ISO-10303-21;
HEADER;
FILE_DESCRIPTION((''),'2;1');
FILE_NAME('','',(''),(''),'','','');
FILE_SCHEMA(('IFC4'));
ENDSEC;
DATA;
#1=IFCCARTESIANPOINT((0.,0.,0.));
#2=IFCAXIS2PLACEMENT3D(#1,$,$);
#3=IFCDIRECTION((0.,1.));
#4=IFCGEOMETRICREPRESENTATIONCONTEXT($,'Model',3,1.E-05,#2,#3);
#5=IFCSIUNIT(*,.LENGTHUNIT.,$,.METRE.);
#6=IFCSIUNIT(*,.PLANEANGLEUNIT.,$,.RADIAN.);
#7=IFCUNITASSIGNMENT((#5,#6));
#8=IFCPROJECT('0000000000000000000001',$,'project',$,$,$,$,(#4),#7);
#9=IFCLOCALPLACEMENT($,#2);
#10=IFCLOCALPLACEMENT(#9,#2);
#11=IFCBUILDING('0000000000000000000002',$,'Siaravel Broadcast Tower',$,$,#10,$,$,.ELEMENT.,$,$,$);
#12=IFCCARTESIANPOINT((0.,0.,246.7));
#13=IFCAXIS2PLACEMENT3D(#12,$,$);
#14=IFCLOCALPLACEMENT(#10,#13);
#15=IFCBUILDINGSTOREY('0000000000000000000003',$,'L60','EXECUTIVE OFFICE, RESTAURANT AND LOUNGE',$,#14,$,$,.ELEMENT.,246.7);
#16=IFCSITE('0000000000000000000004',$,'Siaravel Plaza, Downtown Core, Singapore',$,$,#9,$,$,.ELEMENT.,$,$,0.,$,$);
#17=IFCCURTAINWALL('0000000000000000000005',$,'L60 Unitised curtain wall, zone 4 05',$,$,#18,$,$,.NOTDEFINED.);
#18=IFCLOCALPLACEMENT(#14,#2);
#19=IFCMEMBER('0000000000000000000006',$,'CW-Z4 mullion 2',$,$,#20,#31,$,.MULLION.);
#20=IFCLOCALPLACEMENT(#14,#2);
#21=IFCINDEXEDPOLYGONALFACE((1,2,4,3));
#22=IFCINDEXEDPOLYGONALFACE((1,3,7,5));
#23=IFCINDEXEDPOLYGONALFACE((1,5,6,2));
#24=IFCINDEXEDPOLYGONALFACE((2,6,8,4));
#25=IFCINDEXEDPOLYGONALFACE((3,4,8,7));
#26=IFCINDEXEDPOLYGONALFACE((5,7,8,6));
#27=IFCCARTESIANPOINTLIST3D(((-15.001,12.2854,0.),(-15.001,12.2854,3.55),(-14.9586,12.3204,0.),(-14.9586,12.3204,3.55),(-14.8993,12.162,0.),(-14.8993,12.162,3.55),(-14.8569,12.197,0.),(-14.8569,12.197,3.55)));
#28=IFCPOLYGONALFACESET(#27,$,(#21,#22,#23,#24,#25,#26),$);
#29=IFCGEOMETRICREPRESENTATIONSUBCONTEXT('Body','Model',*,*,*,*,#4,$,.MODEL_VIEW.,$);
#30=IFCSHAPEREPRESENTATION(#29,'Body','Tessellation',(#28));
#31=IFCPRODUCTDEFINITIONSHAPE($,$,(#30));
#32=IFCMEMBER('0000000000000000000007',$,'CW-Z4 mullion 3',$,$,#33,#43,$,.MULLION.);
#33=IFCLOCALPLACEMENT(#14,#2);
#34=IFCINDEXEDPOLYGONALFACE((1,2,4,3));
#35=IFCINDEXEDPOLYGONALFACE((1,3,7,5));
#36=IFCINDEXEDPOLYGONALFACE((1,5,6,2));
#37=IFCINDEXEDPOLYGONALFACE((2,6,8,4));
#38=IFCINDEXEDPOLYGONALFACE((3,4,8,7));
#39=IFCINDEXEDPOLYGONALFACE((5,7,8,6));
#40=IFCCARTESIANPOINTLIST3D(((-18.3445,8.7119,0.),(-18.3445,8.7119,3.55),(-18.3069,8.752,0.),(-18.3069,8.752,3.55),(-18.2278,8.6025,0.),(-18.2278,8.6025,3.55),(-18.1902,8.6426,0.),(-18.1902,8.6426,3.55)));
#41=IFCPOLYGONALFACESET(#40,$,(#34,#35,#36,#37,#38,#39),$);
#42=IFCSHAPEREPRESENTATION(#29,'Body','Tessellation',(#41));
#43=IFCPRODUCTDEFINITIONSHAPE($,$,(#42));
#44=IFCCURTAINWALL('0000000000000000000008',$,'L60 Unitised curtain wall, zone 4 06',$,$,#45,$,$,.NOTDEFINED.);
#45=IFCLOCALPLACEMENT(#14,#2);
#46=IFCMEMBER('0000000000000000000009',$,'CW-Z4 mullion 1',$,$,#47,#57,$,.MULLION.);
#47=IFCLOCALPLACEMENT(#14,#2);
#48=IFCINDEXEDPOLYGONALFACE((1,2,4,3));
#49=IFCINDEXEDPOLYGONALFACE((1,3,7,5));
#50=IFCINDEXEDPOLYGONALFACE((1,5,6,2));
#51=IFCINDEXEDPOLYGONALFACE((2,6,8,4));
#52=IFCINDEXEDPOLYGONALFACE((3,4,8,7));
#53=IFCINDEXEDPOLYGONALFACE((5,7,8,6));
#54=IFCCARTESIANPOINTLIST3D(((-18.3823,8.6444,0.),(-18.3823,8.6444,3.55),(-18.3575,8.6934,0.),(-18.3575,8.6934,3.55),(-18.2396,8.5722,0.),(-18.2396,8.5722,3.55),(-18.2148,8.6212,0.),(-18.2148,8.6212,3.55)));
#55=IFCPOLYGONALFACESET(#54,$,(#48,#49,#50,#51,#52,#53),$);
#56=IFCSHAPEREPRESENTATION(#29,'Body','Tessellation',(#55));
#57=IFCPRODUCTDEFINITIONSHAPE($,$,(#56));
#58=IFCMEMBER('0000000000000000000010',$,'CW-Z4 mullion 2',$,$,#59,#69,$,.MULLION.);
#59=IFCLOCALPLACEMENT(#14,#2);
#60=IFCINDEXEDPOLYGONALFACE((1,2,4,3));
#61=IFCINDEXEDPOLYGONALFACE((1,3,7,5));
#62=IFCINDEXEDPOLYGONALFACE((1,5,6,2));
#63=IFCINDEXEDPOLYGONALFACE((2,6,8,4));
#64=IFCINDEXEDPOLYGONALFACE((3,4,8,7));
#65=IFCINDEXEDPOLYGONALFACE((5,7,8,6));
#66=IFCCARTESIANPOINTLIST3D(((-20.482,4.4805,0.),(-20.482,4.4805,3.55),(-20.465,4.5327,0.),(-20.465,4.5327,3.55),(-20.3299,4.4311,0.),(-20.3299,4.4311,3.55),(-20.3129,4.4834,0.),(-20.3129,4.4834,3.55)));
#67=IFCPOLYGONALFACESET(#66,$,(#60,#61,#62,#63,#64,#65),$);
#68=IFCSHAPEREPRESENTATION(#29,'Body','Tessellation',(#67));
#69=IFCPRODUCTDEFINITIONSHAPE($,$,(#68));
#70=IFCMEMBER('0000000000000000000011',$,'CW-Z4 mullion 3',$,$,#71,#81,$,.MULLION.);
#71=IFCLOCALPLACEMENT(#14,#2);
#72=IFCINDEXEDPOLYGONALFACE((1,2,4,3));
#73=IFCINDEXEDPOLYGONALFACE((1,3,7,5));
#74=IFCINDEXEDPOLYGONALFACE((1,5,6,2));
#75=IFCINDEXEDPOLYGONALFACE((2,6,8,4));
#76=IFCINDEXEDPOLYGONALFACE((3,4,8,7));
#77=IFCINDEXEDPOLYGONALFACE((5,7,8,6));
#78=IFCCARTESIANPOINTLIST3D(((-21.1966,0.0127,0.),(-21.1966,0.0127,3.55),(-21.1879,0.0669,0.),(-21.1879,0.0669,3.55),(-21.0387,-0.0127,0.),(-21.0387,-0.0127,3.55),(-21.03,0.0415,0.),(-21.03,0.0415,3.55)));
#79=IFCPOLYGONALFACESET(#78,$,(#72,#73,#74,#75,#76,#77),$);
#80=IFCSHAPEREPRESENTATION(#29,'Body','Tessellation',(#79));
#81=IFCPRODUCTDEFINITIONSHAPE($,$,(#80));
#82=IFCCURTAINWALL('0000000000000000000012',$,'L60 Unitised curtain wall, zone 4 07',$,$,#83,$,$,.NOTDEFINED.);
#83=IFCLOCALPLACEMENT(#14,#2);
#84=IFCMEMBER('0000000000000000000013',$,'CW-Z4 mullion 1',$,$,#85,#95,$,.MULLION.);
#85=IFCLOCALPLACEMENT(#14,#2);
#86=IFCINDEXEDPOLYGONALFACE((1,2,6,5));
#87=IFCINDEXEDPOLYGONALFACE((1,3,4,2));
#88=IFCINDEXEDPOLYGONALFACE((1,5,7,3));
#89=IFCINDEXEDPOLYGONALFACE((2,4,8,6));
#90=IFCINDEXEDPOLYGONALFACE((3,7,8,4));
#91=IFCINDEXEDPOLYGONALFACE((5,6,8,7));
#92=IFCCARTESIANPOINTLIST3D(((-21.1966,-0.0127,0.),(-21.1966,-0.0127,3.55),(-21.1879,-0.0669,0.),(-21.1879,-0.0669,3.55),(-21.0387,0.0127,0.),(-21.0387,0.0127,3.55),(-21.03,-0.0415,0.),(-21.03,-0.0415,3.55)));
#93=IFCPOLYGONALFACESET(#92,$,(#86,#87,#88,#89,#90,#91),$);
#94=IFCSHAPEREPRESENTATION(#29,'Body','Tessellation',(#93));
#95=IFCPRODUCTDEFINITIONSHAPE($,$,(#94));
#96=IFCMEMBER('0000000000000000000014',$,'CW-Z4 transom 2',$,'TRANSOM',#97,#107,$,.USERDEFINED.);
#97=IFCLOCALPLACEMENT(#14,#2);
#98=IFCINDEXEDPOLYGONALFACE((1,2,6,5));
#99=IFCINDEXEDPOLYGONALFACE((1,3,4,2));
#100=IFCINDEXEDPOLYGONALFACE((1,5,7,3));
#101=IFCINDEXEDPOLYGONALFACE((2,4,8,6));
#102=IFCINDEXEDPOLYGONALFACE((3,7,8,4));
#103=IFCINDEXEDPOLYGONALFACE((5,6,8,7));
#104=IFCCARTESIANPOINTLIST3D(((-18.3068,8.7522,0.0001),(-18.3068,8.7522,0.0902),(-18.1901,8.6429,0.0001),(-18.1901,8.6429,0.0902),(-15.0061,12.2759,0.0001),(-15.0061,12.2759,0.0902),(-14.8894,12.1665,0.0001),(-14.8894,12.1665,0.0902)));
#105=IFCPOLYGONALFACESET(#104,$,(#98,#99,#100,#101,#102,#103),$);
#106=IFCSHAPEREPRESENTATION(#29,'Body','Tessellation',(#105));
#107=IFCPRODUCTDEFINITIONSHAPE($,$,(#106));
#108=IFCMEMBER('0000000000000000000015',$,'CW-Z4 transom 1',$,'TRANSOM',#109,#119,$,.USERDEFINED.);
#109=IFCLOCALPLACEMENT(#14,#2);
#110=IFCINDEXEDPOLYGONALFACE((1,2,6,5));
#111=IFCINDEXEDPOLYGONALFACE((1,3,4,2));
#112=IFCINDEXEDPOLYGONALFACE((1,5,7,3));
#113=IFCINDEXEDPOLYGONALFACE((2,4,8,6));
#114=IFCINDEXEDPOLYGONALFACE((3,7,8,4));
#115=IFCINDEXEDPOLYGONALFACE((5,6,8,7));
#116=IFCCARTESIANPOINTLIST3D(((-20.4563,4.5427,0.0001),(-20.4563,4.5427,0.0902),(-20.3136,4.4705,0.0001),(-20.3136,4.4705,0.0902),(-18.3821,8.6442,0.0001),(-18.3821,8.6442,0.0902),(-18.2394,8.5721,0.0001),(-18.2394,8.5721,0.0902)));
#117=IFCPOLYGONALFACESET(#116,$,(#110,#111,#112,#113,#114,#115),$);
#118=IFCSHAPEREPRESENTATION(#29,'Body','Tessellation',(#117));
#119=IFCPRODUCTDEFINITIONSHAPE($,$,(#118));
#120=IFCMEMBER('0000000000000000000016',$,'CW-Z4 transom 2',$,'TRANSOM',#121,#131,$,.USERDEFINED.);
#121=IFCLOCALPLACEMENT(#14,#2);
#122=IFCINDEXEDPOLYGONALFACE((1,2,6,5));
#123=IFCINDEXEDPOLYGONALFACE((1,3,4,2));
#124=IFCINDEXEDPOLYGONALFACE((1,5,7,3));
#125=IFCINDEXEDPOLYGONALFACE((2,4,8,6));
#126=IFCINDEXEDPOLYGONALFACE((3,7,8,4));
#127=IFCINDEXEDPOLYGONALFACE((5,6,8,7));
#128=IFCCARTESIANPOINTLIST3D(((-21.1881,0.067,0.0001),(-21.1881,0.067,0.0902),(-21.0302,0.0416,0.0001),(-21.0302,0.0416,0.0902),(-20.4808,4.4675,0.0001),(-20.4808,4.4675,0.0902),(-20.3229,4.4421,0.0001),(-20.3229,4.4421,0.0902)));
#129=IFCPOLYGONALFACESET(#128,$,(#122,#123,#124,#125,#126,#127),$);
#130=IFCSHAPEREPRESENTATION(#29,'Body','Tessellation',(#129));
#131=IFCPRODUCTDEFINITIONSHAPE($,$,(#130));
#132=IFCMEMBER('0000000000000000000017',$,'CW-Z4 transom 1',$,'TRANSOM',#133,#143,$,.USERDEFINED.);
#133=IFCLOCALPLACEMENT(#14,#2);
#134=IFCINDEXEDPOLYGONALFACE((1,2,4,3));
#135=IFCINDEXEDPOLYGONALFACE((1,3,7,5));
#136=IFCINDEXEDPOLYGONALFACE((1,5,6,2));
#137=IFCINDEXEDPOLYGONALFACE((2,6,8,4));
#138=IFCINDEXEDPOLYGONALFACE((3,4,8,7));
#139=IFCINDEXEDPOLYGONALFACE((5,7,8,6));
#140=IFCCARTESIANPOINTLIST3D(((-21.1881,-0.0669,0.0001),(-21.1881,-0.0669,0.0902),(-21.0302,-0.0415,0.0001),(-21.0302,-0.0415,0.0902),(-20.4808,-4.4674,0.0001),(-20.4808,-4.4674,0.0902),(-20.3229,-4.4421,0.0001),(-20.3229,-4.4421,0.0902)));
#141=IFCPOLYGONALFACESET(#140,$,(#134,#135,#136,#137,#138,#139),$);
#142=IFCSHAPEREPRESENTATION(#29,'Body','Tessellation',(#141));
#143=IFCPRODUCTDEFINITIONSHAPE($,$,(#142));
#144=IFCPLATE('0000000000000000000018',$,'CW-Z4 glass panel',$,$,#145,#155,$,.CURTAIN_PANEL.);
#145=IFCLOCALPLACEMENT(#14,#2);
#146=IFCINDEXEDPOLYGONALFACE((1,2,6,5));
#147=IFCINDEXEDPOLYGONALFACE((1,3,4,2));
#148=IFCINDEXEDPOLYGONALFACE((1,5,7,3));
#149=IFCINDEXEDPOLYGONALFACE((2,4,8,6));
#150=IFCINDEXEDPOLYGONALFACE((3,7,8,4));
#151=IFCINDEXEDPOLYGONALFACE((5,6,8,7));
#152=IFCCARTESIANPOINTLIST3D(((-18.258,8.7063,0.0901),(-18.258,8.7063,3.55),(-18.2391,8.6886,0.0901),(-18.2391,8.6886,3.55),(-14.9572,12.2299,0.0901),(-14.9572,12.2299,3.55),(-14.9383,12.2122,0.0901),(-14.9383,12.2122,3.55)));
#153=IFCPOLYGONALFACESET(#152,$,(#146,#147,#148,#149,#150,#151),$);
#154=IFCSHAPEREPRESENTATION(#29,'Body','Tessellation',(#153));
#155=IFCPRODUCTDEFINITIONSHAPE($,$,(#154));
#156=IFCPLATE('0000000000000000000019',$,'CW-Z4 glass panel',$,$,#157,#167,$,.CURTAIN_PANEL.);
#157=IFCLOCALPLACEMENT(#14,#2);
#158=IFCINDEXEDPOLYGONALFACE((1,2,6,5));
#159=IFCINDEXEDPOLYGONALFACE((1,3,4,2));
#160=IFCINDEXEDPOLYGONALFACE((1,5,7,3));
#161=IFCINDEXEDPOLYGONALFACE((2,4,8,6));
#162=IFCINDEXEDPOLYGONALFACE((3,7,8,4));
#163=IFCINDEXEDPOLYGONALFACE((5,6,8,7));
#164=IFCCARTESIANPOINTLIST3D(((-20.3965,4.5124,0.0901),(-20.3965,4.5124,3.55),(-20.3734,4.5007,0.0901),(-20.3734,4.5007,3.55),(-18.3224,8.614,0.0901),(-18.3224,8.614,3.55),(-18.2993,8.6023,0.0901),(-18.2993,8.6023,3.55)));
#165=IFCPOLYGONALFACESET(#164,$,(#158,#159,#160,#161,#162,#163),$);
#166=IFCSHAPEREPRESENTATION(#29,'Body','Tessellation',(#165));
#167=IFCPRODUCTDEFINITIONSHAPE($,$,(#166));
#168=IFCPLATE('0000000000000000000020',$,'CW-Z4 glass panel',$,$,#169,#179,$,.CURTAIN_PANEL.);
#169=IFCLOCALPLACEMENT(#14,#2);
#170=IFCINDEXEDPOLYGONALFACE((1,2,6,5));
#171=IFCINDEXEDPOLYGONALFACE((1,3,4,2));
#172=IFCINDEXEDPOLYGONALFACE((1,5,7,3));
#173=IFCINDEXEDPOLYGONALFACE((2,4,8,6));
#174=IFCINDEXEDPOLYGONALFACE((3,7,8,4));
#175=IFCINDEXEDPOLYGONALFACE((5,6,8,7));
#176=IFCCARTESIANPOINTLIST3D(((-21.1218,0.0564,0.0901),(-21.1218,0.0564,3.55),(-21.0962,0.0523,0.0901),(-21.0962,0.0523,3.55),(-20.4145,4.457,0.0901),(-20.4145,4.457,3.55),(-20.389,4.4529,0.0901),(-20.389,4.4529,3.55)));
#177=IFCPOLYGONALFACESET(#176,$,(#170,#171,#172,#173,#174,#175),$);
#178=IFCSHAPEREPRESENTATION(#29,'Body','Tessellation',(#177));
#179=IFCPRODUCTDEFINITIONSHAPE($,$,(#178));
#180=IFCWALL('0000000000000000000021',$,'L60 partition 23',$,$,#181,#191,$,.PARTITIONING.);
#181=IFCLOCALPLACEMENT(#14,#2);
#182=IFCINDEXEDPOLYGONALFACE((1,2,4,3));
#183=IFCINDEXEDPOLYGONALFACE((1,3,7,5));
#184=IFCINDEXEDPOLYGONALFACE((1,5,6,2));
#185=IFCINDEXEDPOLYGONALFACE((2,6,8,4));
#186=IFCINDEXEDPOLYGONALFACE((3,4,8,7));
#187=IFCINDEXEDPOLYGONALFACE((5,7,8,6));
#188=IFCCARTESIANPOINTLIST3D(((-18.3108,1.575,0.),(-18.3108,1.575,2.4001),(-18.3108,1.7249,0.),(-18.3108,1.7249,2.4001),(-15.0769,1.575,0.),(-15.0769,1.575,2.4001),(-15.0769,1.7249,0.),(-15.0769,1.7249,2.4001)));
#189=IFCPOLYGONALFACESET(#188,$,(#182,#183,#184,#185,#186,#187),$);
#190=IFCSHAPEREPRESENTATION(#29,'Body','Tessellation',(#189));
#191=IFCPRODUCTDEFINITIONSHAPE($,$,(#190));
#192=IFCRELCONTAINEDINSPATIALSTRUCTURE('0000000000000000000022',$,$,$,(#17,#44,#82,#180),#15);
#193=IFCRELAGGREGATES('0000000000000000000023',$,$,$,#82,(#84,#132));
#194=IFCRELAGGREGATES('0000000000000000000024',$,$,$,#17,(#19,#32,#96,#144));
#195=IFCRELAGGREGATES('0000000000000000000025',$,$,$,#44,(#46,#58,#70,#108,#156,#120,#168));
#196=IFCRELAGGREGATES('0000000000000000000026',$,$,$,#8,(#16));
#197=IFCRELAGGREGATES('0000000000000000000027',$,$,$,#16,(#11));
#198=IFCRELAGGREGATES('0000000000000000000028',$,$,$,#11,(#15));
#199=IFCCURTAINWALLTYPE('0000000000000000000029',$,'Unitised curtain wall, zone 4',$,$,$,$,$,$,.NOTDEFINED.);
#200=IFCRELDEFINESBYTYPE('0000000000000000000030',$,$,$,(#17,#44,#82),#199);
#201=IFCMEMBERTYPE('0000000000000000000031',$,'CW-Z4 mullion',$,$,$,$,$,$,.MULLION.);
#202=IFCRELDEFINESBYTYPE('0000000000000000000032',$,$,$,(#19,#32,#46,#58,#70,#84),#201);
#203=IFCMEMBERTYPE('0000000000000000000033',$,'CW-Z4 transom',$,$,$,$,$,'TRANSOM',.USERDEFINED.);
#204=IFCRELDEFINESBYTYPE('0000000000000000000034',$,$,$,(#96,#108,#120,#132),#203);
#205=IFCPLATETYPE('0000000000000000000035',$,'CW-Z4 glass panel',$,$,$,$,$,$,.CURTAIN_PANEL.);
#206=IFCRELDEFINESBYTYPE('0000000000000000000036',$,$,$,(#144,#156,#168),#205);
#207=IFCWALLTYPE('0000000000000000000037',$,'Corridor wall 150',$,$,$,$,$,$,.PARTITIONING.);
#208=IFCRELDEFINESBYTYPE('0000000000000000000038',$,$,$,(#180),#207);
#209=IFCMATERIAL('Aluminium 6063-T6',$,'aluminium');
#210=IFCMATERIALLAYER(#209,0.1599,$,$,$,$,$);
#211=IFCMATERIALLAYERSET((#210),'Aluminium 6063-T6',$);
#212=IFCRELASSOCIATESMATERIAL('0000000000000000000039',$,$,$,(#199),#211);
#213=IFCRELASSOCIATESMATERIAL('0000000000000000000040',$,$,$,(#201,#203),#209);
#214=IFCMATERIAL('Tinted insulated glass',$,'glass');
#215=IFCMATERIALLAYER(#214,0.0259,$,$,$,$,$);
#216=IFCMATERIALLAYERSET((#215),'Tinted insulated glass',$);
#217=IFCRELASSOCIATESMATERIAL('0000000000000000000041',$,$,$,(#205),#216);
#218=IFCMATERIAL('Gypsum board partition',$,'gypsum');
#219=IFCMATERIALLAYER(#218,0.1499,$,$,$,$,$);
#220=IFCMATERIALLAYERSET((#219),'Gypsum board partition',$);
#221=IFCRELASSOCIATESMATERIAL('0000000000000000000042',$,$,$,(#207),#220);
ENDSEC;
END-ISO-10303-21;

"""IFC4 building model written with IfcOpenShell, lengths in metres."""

from ifc_helpers import new_model, si_unit, direction, frame, frame_2d, origin, origin_2d, place, context, subcontext, project, spatial, rectangle, extrude, material, layer, layer_set, material_profile, profile_set, type_object, element, aggregate, save


model = new_model("IFC4")

# Units and contexts
model_context = context("Model", 3, precision=1e-05, world=origin(), true_north=direction((0.0, 1.0)))
body_context = subcontext(model_context, "Body", "Model", "MODEL_VIEW")
ifc_project = project(units=[si_unit("LENGTHUNIT", "METRE"), si_unit("PLANEANGLEUNIT", "RADIAN")], contexts=[model_context])

# Site, building, storey
site_placement = place(None, origin())
site = spatial("IfcSite", under=ifc_project, at=site_placement, Name="Siaravel Plaza, Downtown Core, Singapore", CompositionType="ELEMENT", RefElevation=0.0)
building_placement = place(site_placement, origin())
building = spatial("IfcBuilding", under=site, at=building_placement, Name="Siaravel Broadcast Tower", CompositionType="ELEMENT")
storey_placement = place(building_placement, frame((0.0, 0.0, 246.7)))
storey = spatial("IfcBuildingStorey", under=building, at=storey_placement, Name="L60", Description="EXECUTIVE OFFICE, RESTAURANT AND LOUNGE", CompositionType="ELEMENT", Elevation=246.7)

# Curtain walls, members
ifc_material_1 = material(Name="Aluminium 6063-T6", Category="aluminium")
ifc_layer_1 = layer(ifc_material_1, 0.1599)
ifc_layer_set_1 = layer_set([ifc_layer_1], Name="Aluminium 6063-T6")
curtain_wall_type = type_object("IfcCurtainWallType", Name="Unitised curtain wall, zone 4", PredefinedType="NOTDEFINED", material=ifc_layer_set_1)
curtain_wall_1_placement = place(storey_placement, origin())
curtain_wall_1 = element("IfcCurtainWall", 1, at=curtain_wall_1_placement, inside=storey, type_object=curtain_wall_type, Name="L60 Unitised curtain wall, zone 4 05", PredefinedType="NOTDEFINED")
ifc_material_profile_1 = material_profile(ifc_material_1, rectangle(XDim=0.1599, YDim=0.0549, at=origin_2d()))
ifc_profile_set_1 = profile_set([ifc_material_profile_1], Name="Aluminium 6063-T6")
member_type_1 = type_object("IfcMemberType", Name="CW-Z4 mullion", PredefinedType="MULLION", material=ifc_profile_set_1)
member_1_placement = place(storey_placement, frame((-14.929, 12.2412, 0.0), z_axis=(0.0, 0.0, 1.0), x_axis=(0.63622, -0.771508, 0.0)))
member_1 = element("IfcMember", 2, at=member_1_placement, type_object=member_type_1, Name="CW-Z4 mullion 2", PredefinedType="MULLION", context=body_context, shape_type="SweptSolid", body=[
    extrude(rectangle(XDim=0.1599, YDim=0.0549, at=origin_2d()), origin(), (0.0, 0.0, 1.0), 3.55),
])
member_2_placement = place(storey_placement, frame((-18.2673, 8.6772, 0.0), z_axis=(0.0, 0.0, 1.0), x_axis=(0.729807, -0.683654, 0.0)))
member_2 = element("IfcMember", 3, at=member_2_placement, type_object=member_type_1, Name="CW-Z4 mullion 3", PredefinedType="MULLION", context=body_context, shape_type="SweptSolid", body=[
    extrude(rectangle(XDim=0.1599, YDim=0.0549, at=origin_2d()), origin(), (0.0, 0.0, 1.0), 3.55),
])
curtain_wall_2_placement = place(storey_placement, origin())
curtain_wall_2 = element("IfcCurtainWall", 4, at=curtain_wall_2_placement, inside=storey, type_object=curtain_wall_type, Name="L60 Unitised curtain wall, zone 4 06", PredefinedType="NOTDEFINED")
member_3_placement = place(storey_placement, frame((-18.2986, 8.6328, 0.0), z_axis=(0.0, 0.0, 1.0), x_axis=(0.892393, -0.451259, 0.0)))
member_3 = element("IfcMember", 5, at=member_3_placement, type_object=member_type_1, Name="CW-Z4 mullion 1", PredefinedType="MULLION", context=body_context, shape_type="SweptSolid", body=[
    extrude(rectangle(XDim=0.1599, YDim=0.0549, at=origin_2d()), origin(), (0.0, 0.0, 1.0), 3.55),
])
member_4_placement = place(storey_placement, frame((-20.3975, 4.4819, 0.0), z_axis=(0.0, 0.0, 1.0), x_axis=(0.951178, -0.308644, 0.0)))
member_4 = element("IfcMember", 6, at=member_4_placement, type_object=member_type_1, Name="CW-Z4 mullion 2", PredefinedType="MULLION", context=body_context, shape_type="SweptSolid", body=[
    extrude(rectangle(XDim=0.1599, YDim=0.0549, at=origin_2d()), origin(), (0.0, 0.0, 1.0), 3.55),
])
member_5_placement = place(storey_placement, frame((-21.1133, 0.0271, 0.0), z_axis=(0.0, 0.0, 1.0), x_axis=(0.987329, -0.158685, 0.0)))
member_5 = element("IfcMember", 7, at=member_5_placement, type_object=member_type_1, Name="CW-Z4 mullion 3", PredefinedType="MULLION", context=body_context, shape_type="SweptSolid", body=[
    extrude(rectangle(XDim=0.1599, YDim=0.0549, at=origin_2d()), origin(), (0.0, 0.0, 1.0), 3.55),
])

# Curtain wall, member
curtain_wall_3_placement = place(storey_placement, origin())
curtain_wall_3 = element("IfcCurtainWall", 8, at=curtain_wall_3_placement, inside=storey, type_object=curtain_wall_type, Name="L60 Unitised curtain wall, zone 4 07", PredefinedType="NOTDEFINED")
member_6_placement = place(storey_placement, frame((-21.1133, -0.0271, 0.0), z_axis=(0.0, 0.0, 1.0), x_axis=(0.987329, 0.158685, 0.0)))
member_6 = element("IfcMember", 9, at=member_6_placement, type_object=member_type_1, Name="CW-Z4 mullion 1", PredefinedType="MULLION", context=body_context, shape_type="SweptSolid", body=[
    extrude(rectangle(XDim=0.1599, YDim=0.0549, at=origin_2d()), origin(), (0.0, 0.0, 1.0), 3.55),
])

# Members
ifc_material_profile_2 = material_profile(ifc_material_1, rectangle(XDim=0.1599, YDim=0.0901, at=origin_2d()))
ifc_profile_set_2 = profile_set([ifc_material_profile_2], Name="Aluminium 6063-T6")
member_type_2 = type_object("IfcMemberType", Name="CW-Z4 transom", ElementType="TRANSOM", PredefinedType="USERDEFINED", material=ifc_profile_set_2)
member_7_placement = place(storey_placement, frame((-14.9478, 12.2212, 0.0452), z_axis=(-0.683647, -0.729813, 0.0), x_axis=(0.729813, -0.683647, 0.0)))
member_7 = element("IfcMember", 10, at=member_7_placement, type_object=member_type_2, Name="CW-Z4 transom 2", ObjectType="TRANSOM", PredefinedType="USERDEFINED", context=body_context, shape_type="SweptSolid", body=[
    extrude(rectangle(XDim=0.1599, YDim=0.0901, at=origin_2d()), origin(), (0.0, 0.0, 1.0), 4.8281),
])
member_8_placement = place(storey_placement, frame((-18.3108, 8.6082, 0.0452), z_axis=(-0.451288, -0.892378, 0.0), x_axis=(0.892378, -0.451288, 0.0)))
member_8 = element("IfcMember", 11, at=member_8_placement, type_object=member_type_2, Name="CW-Z4 transom 1", ObjectType="TRANSOM", PredefinedType="USERDEFINED", context=body_context, shape_type="SweptSolid", body=[
    extrude(rectangle(XDim=0.1599, YDim=0.0901, at=origin_2d()), origin(), (0.0, 0.0, 1.0), 4.5962),
])
member_9_placement = place(storey_placement, frame((-20.4019, 4.4548, 0.0452), z_axis=(-0.158685, -0.987329, 0.0), x_axis=(0.987329, -0.158685, 0.0)))
member_9 = element("IfcMember", 12, at=member_9_placement, type_object=member_type_2, Name="CW-Z4 transom 2", ObjectType="TRANSOM", PredefinedType="USERDEFINED", context=body_context, shape_type="SweptSolid", body=[
    extrude(rectangle(XDim=0.1599, YDim=0.0901, at=origin_2d()), origin(), (0.0, 0.0, 1.0), 4.457),
])
member_10_placement = place(storey_placement, frame((-21.1091, -0.0542, 0.0452), z_axis=(0.158685, -0.987329, 0.0), x_axis=(0.987329, 0.158685, 0.0)))
member_10 = element("IfcMember", 13, at=member_10_placement, type_object=member_type_2, Name="CW-Z4 transom 1", ObjectType="TRANSOM", PredefinedType="USERDEFINED", context=body_context, shape_type="SweptSolid", body=[
    extrude(rectangle(XDim=0.1599, YDim=0.0901, at=origin_2d()), origin(), (0.0, 0.0, 1.0), 4.457),
])
aggregate(curtain_wall_3, [member_6, member_10])

# Plates
ifc_material_2 = material(Name="Tinted insulated glass", Category="glass")
ifc_layer_2 = layer(ifc_material_2, 0.0259)
ifc_layer_set_2 = layer_set([ifc_layer_2], Name="Tinted insulated glass")
plate_type = type_object("IfcPlateType", Name="CW-Z4 glass panel", PredefinedType="CURTAIN_PANEL", material=ifc_layer_set_2)
plate_1_placement = place(storey_placement, frame((-16.5981, 10.4592, 0.0901), z_axis=(0.0, 0.0, 1.0), x_axis=(-0.683654, -0.729807, 0.0)))
plate_1 = element("IfcPlate", 14, at=plate_1_placement, type_object=plate_type, Name="CW-Z4 glass panel", PredefinedType="CURTAIN_PANEL", context=body_context, shape_type="SweptSolid", body=[
    extrude(rectangle(XDim=4.8281, YDim=0.0259, at=origin_2d()), origin(), (0.0, 0.0, 1.0), 3.46),
])
aggregate(curtain_wall_1, [member_1, member_2, member_7, plate_1])
plate_2_placement = place(storey_placement, frame((-19.3479, 6.5574, 0.0901), z_axis=(0.0, 0.0, 1.0), x_axis=(-0.451259, -0.892393, 0.0)))
plate_2 = element("IfcPlate", 15, at=plate_2_placement, type_object=plate_type, Name="CW-Z4 glass panel", PredefinedType="CURTAIN_PANEL", context=body_context, shape_type="SweptSolid", body=[
    extrude(rectangle(XDim=4.5962, YDim=0.0259, at=origin_2d()), origin(), (0.0, 0.0, 1.0), 3.46),
])
plate_3_placement = place(storey_placement, frame((-20.7554, 2.2546, 0.0901), z_axis=(0.0, 0.0, 1.0), x_axis=(-0.158685, -0.987329, 0.0)))
plate_3 = element("IfcPlate", 16, at=plate_3_placement, type_object=plate_type, Name="CW-Z4 glass panel", PredefinedType="CURTAIN_PANEL", context=body_context, shape_type="SweptSolid", body=[
    extrude(rectangle(XDim=4.457, YDim=0.0259, at=origin_2d()), origin(), (0.0, 0.0, 1.0), 3.46),
])
aggregate(curtain_wall_2, [member_3, member_4, member_5, member_8, plate_2, member_9, plate_3])

# Shared definitions
ifc_material_3 = material(Name="Gypsum board partition", Category="gypsum")
ifc_layer_3 = layer(ifc_material_3, 0.1499)
ifc_layer_set_3 = layer_set([ifc_layer_3], Name="Gypsum board partition")
wall_type_1 = type_object("IfcWallType", Name="Corridor wall 150", PredefinedType="PARTITIONING", material=ifc_layer_set_3)

# Wall
wall_1_placement = place(storey_placement, frame((-15.0769, 1.6499, 0.0), z_axis=(0.0, 0.0, 1.0), x_axis=(-1.0, 0.0, 0.0)))
element("IfcWall", 17, at=wall_1_placement, inside=storey, type_object=wall_type_1, Name="L60 partition 23", PredefinedType="PARTITIONING", context=body_context, shape_type="SweptSolid", body=[
    extrude(rectangle(XDim=3.2339, YDim=0.1499, at=frame_2d((1.6169, 0.0))), origin(), (0.0, 0.0, 1.0), 2.4001),
])

save(model, "model.ifc")
